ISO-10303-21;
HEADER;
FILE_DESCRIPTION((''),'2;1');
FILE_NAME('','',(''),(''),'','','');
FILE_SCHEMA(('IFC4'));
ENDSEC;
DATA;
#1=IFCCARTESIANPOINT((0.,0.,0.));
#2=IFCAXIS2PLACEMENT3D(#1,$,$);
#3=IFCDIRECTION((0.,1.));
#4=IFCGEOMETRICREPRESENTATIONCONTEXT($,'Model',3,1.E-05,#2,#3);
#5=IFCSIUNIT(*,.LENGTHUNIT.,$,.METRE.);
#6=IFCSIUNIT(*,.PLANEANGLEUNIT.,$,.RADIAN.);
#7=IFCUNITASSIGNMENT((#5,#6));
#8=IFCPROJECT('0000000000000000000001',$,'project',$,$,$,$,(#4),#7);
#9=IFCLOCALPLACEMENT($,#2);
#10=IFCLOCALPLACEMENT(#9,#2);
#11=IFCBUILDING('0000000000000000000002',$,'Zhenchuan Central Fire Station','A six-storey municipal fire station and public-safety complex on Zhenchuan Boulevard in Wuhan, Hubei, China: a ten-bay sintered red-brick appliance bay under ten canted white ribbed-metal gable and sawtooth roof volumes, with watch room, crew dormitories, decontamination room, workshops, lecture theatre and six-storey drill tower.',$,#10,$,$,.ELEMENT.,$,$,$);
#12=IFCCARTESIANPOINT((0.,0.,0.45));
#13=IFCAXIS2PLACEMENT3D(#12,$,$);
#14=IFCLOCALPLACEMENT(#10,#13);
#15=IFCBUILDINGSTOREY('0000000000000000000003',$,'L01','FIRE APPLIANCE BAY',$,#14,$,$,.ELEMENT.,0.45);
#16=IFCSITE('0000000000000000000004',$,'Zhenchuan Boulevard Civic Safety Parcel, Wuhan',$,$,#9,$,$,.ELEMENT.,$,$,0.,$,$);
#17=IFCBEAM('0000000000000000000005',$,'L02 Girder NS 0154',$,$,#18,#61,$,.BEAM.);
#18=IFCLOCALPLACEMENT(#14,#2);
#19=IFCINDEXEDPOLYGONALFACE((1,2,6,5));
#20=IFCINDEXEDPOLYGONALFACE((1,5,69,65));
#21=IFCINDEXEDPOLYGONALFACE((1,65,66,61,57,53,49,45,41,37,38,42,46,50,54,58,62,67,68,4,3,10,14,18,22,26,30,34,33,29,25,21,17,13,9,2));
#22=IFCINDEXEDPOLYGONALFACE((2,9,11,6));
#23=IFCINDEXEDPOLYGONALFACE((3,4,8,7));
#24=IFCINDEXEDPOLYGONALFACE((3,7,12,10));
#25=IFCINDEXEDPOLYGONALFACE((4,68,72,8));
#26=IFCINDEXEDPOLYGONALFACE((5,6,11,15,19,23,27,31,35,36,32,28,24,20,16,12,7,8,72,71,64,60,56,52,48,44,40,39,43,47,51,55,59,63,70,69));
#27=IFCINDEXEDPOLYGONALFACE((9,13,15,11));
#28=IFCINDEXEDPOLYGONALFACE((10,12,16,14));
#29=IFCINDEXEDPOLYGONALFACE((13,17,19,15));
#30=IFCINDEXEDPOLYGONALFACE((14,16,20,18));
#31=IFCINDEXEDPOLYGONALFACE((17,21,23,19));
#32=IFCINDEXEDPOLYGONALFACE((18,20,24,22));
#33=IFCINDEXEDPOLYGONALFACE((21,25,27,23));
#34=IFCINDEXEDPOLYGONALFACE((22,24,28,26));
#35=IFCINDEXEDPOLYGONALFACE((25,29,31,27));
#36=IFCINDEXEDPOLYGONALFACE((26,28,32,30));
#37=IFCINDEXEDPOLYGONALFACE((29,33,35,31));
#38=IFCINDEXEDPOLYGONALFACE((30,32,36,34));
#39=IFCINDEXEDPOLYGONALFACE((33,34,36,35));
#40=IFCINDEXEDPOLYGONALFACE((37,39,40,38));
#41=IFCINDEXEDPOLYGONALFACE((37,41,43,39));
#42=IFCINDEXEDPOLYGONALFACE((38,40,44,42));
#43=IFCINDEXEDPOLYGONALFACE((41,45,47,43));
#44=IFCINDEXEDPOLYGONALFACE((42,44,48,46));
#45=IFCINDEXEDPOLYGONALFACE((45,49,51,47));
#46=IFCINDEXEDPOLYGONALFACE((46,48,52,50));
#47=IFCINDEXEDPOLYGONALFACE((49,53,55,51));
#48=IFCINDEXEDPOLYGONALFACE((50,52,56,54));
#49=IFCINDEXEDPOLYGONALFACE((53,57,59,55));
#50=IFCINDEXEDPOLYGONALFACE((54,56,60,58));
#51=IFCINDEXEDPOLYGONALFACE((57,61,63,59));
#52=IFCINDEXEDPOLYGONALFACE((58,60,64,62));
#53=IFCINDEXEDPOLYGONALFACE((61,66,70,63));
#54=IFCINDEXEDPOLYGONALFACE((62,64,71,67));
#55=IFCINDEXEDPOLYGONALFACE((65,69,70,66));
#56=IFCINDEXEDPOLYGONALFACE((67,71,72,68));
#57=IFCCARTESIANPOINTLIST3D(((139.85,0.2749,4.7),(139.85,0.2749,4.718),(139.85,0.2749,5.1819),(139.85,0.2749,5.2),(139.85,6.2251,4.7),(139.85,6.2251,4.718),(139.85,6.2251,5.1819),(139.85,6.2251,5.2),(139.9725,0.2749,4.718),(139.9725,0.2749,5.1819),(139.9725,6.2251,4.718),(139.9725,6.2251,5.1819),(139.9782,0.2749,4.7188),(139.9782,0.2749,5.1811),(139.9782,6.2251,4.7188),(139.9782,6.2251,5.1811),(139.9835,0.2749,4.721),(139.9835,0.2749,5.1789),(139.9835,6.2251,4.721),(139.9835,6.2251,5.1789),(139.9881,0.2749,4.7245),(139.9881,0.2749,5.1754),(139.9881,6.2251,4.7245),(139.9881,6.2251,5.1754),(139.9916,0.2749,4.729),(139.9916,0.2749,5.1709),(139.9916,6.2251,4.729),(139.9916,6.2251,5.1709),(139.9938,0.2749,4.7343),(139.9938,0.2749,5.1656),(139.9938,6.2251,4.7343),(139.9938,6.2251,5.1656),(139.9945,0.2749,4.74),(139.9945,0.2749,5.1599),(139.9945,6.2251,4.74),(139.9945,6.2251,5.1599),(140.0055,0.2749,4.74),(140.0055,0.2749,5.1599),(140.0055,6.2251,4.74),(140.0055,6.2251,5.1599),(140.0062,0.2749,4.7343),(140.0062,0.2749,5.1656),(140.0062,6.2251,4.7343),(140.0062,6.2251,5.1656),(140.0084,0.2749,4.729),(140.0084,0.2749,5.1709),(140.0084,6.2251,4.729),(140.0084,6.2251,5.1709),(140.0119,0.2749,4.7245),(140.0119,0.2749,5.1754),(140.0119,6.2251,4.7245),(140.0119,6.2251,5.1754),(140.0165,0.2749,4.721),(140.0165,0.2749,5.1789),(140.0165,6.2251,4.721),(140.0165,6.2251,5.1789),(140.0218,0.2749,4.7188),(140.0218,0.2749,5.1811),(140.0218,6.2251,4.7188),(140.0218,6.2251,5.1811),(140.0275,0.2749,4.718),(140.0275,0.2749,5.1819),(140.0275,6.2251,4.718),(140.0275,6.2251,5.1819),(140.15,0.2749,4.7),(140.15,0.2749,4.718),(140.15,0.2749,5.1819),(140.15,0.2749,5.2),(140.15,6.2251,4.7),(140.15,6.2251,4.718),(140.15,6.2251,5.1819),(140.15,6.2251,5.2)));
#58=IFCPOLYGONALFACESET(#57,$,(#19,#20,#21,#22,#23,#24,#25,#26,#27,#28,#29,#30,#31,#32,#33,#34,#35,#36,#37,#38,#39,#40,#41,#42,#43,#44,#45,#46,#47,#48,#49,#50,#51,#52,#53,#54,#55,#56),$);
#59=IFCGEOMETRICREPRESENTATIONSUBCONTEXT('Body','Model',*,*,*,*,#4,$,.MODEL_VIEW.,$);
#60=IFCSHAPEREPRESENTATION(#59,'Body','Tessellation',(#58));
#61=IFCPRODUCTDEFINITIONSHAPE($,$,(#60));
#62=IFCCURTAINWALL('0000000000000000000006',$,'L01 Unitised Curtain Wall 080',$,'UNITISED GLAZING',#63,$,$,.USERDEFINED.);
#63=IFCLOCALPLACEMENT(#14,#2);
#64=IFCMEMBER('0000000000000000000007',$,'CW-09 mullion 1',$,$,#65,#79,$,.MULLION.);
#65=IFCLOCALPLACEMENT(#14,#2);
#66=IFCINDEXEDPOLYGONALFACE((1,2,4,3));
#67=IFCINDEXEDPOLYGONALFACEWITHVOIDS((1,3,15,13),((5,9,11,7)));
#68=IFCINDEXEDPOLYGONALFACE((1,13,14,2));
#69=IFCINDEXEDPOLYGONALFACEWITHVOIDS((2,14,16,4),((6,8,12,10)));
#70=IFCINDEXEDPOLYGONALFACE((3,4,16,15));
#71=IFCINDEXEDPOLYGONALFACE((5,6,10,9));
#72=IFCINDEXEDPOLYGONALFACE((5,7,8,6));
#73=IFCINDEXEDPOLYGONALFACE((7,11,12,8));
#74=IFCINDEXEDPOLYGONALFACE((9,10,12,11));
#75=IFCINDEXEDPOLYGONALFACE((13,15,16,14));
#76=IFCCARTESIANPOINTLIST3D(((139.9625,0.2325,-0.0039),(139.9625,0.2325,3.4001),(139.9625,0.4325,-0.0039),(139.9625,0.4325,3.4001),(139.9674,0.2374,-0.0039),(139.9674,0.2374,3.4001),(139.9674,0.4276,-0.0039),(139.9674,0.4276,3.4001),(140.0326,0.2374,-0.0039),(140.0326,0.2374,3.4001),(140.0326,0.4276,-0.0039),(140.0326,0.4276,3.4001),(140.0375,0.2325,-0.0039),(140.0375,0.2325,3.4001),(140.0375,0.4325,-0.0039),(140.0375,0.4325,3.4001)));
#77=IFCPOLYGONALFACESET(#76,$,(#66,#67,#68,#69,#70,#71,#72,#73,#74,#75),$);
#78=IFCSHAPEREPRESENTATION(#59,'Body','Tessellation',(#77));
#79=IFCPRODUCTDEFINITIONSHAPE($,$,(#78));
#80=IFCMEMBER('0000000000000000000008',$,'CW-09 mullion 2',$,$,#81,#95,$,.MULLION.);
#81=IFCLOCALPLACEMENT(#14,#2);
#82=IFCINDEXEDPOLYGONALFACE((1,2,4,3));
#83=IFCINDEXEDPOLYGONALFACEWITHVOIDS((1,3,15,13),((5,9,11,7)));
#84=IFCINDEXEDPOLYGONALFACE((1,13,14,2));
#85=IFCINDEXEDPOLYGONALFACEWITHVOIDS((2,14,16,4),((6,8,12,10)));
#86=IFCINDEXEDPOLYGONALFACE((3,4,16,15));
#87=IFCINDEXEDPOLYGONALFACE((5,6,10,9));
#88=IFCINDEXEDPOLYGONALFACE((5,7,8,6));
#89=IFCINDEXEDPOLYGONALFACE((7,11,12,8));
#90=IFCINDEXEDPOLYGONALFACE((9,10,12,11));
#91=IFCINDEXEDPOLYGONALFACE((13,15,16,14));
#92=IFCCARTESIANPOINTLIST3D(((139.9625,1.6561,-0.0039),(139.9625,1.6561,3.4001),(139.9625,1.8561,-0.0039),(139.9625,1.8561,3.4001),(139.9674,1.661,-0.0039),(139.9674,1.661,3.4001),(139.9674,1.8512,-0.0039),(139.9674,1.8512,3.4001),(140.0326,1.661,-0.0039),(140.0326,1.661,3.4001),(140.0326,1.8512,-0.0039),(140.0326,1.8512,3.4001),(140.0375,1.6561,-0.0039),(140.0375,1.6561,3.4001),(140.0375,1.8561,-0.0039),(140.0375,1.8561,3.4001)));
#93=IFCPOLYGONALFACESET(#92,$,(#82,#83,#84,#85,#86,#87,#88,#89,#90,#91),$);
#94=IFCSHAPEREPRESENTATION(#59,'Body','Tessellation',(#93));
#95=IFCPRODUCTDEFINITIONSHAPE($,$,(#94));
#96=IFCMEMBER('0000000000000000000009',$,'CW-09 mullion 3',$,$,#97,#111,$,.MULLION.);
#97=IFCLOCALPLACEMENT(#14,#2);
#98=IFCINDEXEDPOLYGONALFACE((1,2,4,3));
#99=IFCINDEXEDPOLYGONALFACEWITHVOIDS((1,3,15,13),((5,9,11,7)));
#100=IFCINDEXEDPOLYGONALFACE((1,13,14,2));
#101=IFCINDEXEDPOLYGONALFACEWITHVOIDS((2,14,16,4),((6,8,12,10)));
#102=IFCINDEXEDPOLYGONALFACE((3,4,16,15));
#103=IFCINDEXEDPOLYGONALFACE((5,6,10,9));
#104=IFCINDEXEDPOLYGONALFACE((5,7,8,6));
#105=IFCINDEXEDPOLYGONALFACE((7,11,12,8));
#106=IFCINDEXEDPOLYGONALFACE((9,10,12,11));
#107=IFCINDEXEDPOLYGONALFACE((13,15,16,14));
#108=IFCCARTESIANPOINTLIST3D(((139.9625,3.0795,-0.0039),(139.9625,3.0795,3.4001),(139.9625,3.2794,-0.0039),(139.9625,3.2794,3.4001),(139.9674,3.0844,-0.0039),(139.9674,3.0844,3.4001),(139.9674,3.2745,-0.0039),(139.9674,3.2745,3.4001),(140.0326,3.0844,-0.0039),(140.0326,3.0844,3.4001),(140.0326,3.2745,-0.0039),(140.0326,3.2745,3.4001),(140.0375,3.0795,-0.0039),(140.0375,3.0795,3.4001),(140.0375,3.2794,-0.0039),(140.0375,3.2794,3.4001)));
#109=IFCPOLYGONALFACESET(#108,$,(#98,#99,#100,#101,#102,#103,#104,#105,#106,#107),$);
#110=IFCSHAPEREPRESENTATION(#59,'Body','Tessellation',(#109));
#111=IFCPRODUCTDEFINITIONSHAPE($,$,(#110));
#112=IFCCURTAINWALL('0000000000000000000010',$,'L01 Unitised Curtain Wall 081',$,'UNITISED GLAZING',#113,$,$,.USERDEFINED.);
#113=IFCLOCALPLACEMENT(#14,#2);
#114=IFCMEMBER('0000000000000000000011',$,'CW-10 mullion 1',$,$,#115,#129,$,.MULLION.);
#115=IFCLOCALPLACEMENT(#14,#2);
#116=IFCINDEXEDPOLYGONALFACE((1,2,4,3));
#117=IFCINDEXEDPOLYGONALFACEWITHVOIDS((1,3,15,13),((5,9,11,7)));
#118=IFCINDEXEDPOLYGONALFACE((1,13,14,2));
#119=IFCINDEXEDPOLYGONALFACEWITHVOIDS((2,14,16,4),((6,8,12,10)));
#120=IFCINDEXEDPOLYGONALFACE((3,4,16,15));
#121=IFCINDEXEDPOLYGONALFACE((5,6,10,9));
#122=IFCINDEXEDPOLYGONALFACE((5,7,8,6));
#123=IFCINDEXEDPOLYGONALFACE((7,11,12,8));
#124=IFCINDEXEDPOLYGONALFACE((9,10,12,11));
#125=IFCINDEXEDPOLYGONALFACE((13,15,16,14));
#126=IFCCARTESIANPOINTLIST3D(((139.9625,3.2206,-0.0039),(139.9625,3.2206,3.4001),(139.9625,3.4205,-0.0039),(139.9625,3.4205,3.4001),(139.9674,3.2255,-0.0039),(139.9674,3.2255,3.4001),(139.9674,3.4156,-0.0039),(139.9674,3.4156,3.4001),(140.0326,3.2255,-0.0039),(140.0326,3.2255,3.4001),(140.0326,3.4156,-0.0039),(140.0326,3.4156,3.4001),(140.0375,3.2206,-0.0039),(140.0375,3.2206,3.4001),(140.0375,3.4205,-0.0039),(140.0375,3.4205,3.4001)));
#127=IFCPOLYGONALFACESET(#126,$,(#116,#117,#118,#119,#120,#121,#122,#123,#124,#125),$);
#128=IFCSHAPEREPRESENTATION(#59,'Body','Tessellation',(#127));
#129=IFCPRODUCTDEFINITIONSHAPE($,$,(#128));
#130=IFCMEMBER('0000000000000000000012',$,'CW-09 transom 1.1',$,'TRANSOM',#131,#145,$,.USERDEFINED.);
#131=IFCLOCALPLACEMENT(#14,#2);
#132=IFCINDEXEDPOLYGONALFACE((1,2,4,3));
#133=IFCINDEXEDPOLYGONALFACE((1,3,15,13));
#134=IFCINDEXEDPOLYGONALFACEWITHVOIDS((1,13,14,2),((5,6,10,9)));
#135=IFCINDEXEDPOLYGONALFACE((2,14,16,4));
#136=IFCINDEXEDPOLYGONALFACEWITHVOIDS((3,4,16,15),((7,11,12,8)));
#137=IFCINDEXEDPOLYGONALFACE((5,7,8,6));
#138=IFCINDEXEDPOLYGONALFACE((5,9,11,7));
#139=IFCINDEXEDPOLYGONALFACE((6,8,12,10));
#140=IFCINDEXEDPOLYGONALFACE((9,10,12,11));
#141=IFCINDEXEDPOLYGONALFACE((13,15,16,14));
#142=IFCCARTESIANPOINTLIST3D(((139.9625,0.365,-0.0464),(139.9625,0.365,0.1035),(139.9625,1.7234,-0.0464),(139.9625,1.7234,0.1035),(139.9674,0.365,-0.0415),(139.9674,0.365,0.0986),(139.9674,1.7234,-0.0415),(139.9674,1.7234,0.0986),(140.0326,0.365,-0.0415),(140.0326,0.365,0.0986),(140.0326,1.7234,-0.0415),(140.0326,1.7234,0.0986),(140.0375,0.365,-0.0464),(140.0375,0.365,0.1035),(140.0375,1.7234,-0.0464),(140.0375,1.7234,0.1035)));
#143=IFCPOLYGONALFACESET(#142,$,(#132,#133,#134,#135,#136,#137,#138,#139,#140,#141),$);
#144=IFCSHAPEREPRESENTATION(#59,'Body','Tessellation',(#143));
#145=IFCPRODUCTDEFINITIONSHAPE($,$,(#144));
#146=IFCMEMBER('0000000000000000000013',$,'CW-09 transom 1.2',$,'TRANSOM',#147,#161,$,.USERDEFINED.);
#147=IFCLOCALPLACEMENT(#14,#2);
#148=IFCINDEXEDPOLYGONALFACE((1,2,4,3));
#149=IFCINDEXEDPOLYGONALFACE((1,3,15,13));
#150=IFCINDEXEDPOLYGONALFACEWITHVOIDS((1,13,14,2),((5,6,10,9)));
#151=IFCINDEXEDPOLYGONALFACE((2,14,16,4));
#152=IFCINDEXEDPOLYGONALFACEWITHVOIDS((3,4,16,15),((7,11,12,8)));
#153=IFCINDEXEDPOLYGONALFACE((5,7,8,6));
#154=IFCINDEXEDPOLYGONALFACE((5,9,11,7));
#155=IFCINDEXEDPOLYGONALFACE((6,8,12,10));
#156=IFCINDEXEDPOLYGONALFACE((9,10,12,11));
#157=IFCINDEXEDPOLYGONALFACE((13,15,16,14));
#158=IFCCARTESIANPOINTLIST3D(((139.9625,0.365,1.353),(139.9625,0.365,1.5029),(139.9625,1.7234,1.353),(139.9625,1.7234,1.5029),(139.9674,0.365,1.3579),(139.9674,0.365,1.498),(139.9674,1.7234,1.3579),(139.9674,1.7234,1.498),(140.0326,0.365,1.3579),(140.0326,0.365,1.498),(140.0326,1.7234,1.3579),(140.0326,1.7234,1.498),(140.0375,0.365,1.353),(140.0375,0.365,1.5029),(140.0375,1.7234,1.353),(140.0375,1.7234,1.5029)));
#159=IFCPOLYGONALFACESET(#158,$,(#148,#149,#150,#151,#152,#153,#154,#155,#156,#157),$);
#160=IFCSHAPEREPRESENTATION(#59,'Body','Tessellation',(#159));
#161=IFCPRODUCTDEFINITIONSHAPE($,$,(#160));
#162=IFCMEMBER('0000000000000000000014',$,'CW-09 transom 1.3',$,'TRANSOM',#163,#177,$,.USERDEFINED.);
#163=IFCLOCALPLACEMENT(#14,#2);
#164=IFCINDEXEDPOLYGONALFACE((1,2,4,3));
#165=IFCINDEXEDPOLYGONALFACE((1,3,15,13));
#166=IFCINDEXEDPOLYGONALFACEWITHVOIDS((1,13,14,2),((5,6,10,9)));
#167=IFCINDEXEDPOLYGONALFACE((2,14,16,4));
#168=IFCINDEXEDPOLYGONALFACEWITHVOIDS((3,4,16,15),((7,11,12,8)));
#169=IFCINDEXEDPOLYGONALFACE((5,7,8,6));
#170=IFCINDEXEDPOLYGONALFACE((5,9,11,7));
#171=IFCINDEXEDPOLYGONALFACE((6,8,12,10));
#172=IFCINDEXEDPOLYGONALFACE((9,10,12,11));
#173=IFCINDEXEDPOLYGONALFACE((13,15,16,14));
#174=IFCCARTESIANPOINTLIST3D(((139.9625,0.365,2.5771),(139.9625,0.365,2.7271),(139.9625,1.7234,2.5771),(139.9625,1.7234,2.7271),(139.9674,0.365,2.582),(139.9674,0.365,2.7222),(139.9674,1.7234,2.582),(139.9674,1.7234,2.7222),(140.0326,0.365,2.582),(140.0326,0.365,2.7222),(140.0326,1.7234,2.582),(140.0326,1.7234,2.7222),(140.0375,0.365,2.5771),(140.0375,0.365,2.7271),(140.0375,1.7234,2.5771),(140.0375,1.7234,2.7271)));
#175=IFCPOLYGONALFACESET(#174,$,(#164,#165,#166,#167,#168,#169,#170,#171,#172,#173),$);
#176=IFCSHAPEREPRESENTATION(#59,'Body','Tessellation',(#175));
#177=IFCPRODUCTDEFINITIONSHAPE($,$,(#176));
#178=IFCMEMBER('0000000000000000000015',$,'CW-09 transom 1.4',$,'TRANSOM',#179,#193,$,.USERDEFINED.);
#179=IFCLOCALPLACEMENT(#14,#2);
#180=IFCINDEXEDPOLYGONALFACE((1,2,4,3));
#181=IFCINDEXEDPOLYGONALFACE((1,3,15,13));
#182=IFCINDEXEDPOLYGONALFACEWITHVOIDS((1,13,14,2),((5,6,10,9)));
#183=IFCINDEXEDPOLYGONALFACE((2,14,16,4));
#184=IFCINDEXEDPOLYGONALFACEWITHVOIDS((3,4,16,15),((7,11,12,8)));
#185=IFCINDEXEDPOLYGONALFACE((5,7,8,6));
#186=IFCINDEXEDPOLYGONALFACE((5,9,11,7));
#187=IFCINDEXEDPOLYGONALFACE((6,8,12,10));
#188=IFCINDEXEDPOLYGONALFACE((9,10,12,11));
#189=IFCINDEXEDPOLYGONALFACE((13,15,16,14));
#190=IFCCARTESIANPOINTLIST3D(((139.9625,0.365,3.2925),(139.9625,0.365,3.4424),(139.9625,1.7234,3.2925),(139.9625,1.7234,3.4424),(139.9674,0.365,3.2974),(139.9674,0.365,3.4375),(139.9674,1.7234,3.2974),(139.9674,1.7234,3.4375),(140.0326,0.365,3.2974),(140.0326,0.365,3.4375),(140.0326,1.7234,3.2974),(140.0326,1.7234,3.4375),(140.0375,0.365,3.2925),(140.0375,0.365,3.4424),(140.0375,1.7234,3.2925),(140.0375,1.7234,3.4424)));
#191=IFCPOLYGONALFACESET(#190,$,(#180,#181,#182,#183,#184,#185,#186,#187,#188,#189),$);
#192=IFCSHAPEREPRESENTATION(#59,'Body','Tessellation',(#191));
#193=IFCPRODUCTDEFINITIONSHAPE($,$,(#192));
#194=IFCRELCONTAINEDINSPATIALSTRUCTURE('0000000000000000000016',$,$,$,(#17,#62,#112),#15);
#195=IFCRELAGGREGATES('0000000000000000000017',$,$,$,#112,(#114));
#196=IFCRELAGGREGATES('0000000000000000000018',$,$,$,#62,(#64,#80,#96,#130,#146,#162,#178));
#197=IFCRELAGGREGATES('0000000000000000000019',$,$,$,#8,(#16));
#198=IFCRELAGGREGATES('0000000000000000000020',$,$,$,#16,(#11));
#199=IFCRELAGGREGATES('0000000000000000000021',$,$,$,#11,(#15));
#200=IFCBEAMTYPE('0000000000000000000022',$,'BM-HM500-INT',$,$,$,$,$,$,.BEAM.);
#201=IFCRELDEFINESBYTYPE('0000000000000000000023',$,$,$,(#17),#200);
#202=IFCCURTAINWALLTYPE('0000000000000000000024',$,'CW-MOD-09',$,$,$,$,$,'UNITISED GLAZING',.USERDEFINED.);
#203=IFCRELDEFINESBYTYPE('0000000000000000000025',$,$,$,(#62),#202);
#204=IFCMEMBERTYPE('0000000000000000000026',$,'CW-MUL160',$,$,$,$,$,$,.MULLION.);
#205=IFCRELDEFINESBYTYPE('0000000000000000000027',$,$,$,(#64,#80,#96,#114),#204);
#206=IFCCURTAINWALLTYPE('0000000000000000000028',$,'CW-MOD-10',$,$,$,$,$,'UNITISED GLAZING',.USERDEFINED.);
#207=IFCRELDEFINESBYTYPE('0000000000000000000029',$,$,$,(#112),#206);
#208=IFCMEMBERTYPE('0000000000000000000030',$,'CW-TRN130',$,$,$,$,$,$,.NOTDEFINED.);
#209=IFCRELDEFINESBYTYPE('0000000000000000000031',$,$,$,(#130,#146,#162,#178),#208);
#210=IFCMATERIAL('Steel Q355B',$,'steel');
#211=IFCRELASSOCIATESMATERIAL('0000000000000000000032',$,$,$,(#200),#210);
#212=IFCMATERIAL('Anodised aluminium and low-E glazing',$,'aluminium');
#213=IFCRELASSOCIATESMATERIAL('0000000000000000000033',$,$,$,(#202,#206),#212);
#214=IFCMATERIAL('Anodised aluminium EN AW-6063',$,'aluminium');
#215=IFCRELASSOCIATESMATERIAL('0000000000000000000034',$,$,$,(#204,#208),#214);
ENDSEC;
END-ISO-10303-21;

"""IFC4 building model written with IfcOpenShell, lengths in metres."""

from ifc_helpers import new_model, si_unit, direction, frame, origin, origin_2d, place, context, subcontext, project, spatial, hollow_rectangle, i_section, extrude, material, material_profile, profile_set, type_object, element, aggregate, save


model = new_model("IFC4")

# Units and contexts
model_context = context("Model", 3, precision=1e-05, world=origin(), true_north=direction((0.0, 1.0)))
body_context = subcontext(model_context, "Body", "Model", "MODEL_VIEW")
ifc_project = project(units=[si_unit("LENGTHUNIT", "METRE"), si_unit("PLANEANGLEUNIT", "RADIAN")], contexts=[model_context])

# Site, building, storey
site_placement = place(None, origin())
site = spatial("IfcSite", under=ifc_project, at=site_placement, Name="Zhenchuan Boulevard Civic Safety Parcel, Wuhan", CompositionType="ELEMENT", RefElevation=0.0)
building_placement = place(site_placement, origin())
building = spatial("IfcBuilding", under=site, at=building_placement, Name="Zhenchuan Central Fire Station", Description="A six-storey municipal fire station and public-safety complex on Zhenchuan Boulevard in Wuhan, Hubei, China: a ten-bay sintered red-brick appliance bay under ten canted white ribbed-metal gable and sawtooth roof volumes, with watch room, crew dormitories, decontamination room, workshops, lecture theatre and six-storey drill tower.", CompositionType="ELEMENT")
storey_placement = place(building_placement, frame((0.0, 0.0, 0.45)))
storey = spatial("IfcBuildingStorey", under=building, at=storey_placement, Name="L01", Description="FIRE APPLIANCE BAY", CompositionType="ELEMENT", Elevation=0.45)

# Beam
ifc_material_1 = material(Name="Steel Q355B", Category="steel")
ifc_material_profile_1 = material_profile(ifc_material_1, i_section(OverallWidth=0.3, OverallDepth=0.5, WebThickness=0.011, FlangeThickness=0.0181, FilletRadius=0.022, at=origin_2d()), Name="HM 500x300")
ifc_profile_set_1 = profile_set([ifc_material_profile_1], Name="Steel Q355B")
beam_type = type_object("IfcBeamType", Name="BM-HM500-INT", PredefinedType="BEAM", material=ifc_profile_set_1)
beam_placement = place(storey_placement, frame((140.0, 0.2749, 4.95), z_axis=(0.0, 1.0, 0.0), x_axis=(-1.0, 0.0, 0.0)))
element("IfcBeam", 1, at=beam_placement, inside=storey, type_object=beam_type, Name="L02 Girder NS 0154", PredefinedType="BEAM", context=body_context, shape_type="SweptSolid", body=[
    extrude(i_section(OverallWidth=0.3, OverallDepth=0.5, WebThickness=0.011, FlangeThickness=0.0181, FilletRadius=0.022, at=origin_2d()), origin(), (0.0, 0.0, 1.0), 5.9502),
])

# Curtain wall, members
ifc_material_2 = material(Name="Anodised aluminium and low-E glazing", Category="aluminium")
curtain_wall_type_1 = type_object("IfcCurtainWallType", Name="CW-MOD-09", ElementType="UNITISED GLAZING", PredefinedType="USERDEFINED", material=ifc_material_2)
curtain_wall_1_placement = place(storey_placement, origin())
curtain_wall_1 = element("IfcCurtainWall", 2, at=curtain_wall_1_placement, inside=storey, type_object=curtain_wall_type_1, Name="L01 Unitised Curtain Wall 080", ObjectType="UNITISED GLAZING", PredefinedType="USERDEFINED")
ifc_material_3 = material(Name="Anodised aluminium EN AW-6063", Category="aluminium")
ifc_material_profile_2 = material_profile(ifc_material_3, hollow_rectangle(XDim=0.075, YDim=0.2, WallThickness=0.0049, at=origin_2d()), Name="ALU-M 200x75")
ifc_profile_set_2 = profile_set([ifc_material_profile_2], Name="Anodised aluminium EN AW-6063")
member_type_1 = type_object("IfcMemberType", Name="CW-MUL160", PredefinedType="MULLION", material=ifc_profile_set_2)
member_1_placement = place(storey_placement, frame((140.0, 0.3325, -0.0039), z_axis=(0.0, 0.0, 1.0), x_axis=(-1.0, 0.0, 0.0)))
member_1 = element("IfcMember", 3, at=member_1_placement, type_object=member_type_1, Name="CW-09 mullion 1", PredefinedType="MULLION", context=body_context, shape_type="SweptSolid", body=[
    extrude(hollow_rectangle(XDim=0.075, YDim=0.2, WallThickness=0.0049, at=origin_2d()), origin(), (0.0, 0.0, 1.0), 3.4041),
])
member_2_placement = place(storey_placement, frame((140.0, 1.7561, -0.0039), z_axis=(0.0, 0.0, 1.0), x_axis=(-1.0, 0.0, 0.0)))
member_2 = element("IfcMember", 4, at=member_2_placement, type_object=member_type_1, Name="CW-09 mullion 2", PredefinedType="MULLION", context=body_context, shape_type="SweptSolid", body=[
    extrude(hollow_rectangle(XDim=0.075, YDim=0.2, WallThickness=0.0049, at=origin_2d()), origin(), (0.0, 0.0, 1.0), 3.4041),
])
member_3_placement = place(storey_placement, frame((140.0, 3.1794, -0.0039), z_axis=(0.0, 0.0, 1.0), x_axis=(-1.0, 0.0, 0.0)))
member_3 = element("IfcMember", 5, at=member_3_placement, type_object=member_type_1, Name="CW-09 mullion 3", PredefinedType="MULLION", context=body_context, shape_type="SweptSolid", body=[
    extrude(hollow_rectangle(XDim=0.075, YDim=0.2, WallThickness=0.0049, at=origin_2d()), origin(), (0.0, 0.0, 1.0), 3.4041),
])

# Curtain wall, member
curtain_wall_type_2 = type_object("IfcCurtainWallType", Name="CW-MOD-10", ElementType="UNITISED GLAZING", PredefinedType="USERDEFINED", material=ifc_material_2)
curtain_wall_2_placement = place(storey_placement, origin())
curtain_wall_2 = element("IfcCurtainWall", 6, at=curtain_wall_2_placement, inside=storey, type_object=curtain_wall_type_2, Name="L01 Unitised Curtain Wall 081", ObjectType="UNITISED GLAZING", PredefinedType="USERDEFINED")
member_4_placement = place(storey_placement, frame((140.0, 3.3206, -0.0039), z_axis=(0.0, 0.0, 1.0), x_axis=(-1.0, 0.0, 0.0)))
member_4 = element("IfcMember", 7, at=member_4_placement, type_object=member_type_1, Name="CW-10 mullion 1", PredefinedType="MULLION", context=body_context, shape_type="SweptSolid", body=[
    extrude(hollow_rectangle(XDim=0.075, YDim=0.2, WallThickness=0.0049, at=origin_2d()), origin(), (0.0, 0.0, 1.0), 3.4041),
])

# Members
ifc_material_profile_3 = material_profile(ifc_material_3, hollow_rectangle(XDim=0.075, YDim=0.1499, WallThickness=0.0049, at=origin_2d()), Name="ALU-T 150x75")
ifc_profile_set_3 = profile_set([ifc_material_profile_3], Name="Anodised aluminium EN AW-6063")
member_type_2 = type_object("IfcMemberType", Name="CW-TRN130", PredefinedType="NOTDEFINED", material=ifc_profile_set_3)
member_5_placement = place(storey_placement, frame((140.0, 0.365, 0.0286), z_axis=(0.0, 1.0, 0.0), x_axis=(-1.0, 0.0, 0.0)))
member_5 = element("IfcMember", 8, at=member_5_placement, type_object=member_type_2, Name="CW-09 transom 1.1", ObjectType="TRANSOM", PredefinedType="USERDEFINED", context=body_context, shape_type="SweptSolid", body=[
    extrude(hollow_rectangle(XDim=0.075, YDim=0.1499, WallThickness=0.0049, at=origin_2d()), origin(), (0.0, 0.0, 1.0), 1.3584),
])
member_6_placement = place(storey_placement, frame((140.0, 0.365, 1.428), z_axis=(0.0, 1.0, 0.0), x_axis=(-1.0, 0.0, 0.0)))
member_6 = element("IfcMember", 9, at=member_6_placement, type_object=member_type_2, Name="CW-09 transom 1.2", ObjectType="TRANSOM", PredefinedType="USERDEFINED", context=body_context, shape_type="SweptSolid", body=[
    extrude(hollow_rectangle(XDim=0.075, YDim=0.1499, WallThickness=0.0049, at=origin_2d()), origin(), (0.0, 0.0, 1.0), 1.3584),
])
member_7_placement = place(storey_placement, frame((140.0, 0.365, 2.6521), z_axis=(0.0, 1.0, 0.0), x_axis=(-1.0, 0.0, 0.0)))
member_7 = element("IfcMember", 10, at=member_7_placement, type_object=member_type_2, Name="CW-09 transom 1.3", ObjectType="TRANSOM", PredefinedType="USERDEFINED", context=body_context, shape_type="SweptSolid", body=[
    extrude(hollow_rectangle(XDim=0.075, YDim=0.1499, WallThickness=0.0049, at=origin_2d()), origin(), (0.0, 0.0, 1.0), 1.3584),
])
member_8_placement = place(storey_placement, frame((140.0, 0.365, 3.3674), z_axis=(0.0, 1.0, 0.0), x_axis=(-1.0, 0.0, 0.0)))
member_8 = element("IfcMember", 11, at=member_8_placement, type_object=member_type_2, Name="CW-09 transom 1.4", ObjectType="TRANSOM", PredefinedType="USERDEFINED", context=body_context, shape_type="SweptSolid", body=[
    extrude(hollow_rectangle(XDim=0.075, YDim=0.1499, WallThickness=0.0049, at=origin_2d()), origin(), (0.0, 0.0, 1.0), 1.3584),
])
aggregate(curtain_wall_2, [member_4])

aggregate(curtain_wall_1, [member_1, member_2, member_3, member_5, member_6, member_7, member_8])

save(model, "model.ifc")
